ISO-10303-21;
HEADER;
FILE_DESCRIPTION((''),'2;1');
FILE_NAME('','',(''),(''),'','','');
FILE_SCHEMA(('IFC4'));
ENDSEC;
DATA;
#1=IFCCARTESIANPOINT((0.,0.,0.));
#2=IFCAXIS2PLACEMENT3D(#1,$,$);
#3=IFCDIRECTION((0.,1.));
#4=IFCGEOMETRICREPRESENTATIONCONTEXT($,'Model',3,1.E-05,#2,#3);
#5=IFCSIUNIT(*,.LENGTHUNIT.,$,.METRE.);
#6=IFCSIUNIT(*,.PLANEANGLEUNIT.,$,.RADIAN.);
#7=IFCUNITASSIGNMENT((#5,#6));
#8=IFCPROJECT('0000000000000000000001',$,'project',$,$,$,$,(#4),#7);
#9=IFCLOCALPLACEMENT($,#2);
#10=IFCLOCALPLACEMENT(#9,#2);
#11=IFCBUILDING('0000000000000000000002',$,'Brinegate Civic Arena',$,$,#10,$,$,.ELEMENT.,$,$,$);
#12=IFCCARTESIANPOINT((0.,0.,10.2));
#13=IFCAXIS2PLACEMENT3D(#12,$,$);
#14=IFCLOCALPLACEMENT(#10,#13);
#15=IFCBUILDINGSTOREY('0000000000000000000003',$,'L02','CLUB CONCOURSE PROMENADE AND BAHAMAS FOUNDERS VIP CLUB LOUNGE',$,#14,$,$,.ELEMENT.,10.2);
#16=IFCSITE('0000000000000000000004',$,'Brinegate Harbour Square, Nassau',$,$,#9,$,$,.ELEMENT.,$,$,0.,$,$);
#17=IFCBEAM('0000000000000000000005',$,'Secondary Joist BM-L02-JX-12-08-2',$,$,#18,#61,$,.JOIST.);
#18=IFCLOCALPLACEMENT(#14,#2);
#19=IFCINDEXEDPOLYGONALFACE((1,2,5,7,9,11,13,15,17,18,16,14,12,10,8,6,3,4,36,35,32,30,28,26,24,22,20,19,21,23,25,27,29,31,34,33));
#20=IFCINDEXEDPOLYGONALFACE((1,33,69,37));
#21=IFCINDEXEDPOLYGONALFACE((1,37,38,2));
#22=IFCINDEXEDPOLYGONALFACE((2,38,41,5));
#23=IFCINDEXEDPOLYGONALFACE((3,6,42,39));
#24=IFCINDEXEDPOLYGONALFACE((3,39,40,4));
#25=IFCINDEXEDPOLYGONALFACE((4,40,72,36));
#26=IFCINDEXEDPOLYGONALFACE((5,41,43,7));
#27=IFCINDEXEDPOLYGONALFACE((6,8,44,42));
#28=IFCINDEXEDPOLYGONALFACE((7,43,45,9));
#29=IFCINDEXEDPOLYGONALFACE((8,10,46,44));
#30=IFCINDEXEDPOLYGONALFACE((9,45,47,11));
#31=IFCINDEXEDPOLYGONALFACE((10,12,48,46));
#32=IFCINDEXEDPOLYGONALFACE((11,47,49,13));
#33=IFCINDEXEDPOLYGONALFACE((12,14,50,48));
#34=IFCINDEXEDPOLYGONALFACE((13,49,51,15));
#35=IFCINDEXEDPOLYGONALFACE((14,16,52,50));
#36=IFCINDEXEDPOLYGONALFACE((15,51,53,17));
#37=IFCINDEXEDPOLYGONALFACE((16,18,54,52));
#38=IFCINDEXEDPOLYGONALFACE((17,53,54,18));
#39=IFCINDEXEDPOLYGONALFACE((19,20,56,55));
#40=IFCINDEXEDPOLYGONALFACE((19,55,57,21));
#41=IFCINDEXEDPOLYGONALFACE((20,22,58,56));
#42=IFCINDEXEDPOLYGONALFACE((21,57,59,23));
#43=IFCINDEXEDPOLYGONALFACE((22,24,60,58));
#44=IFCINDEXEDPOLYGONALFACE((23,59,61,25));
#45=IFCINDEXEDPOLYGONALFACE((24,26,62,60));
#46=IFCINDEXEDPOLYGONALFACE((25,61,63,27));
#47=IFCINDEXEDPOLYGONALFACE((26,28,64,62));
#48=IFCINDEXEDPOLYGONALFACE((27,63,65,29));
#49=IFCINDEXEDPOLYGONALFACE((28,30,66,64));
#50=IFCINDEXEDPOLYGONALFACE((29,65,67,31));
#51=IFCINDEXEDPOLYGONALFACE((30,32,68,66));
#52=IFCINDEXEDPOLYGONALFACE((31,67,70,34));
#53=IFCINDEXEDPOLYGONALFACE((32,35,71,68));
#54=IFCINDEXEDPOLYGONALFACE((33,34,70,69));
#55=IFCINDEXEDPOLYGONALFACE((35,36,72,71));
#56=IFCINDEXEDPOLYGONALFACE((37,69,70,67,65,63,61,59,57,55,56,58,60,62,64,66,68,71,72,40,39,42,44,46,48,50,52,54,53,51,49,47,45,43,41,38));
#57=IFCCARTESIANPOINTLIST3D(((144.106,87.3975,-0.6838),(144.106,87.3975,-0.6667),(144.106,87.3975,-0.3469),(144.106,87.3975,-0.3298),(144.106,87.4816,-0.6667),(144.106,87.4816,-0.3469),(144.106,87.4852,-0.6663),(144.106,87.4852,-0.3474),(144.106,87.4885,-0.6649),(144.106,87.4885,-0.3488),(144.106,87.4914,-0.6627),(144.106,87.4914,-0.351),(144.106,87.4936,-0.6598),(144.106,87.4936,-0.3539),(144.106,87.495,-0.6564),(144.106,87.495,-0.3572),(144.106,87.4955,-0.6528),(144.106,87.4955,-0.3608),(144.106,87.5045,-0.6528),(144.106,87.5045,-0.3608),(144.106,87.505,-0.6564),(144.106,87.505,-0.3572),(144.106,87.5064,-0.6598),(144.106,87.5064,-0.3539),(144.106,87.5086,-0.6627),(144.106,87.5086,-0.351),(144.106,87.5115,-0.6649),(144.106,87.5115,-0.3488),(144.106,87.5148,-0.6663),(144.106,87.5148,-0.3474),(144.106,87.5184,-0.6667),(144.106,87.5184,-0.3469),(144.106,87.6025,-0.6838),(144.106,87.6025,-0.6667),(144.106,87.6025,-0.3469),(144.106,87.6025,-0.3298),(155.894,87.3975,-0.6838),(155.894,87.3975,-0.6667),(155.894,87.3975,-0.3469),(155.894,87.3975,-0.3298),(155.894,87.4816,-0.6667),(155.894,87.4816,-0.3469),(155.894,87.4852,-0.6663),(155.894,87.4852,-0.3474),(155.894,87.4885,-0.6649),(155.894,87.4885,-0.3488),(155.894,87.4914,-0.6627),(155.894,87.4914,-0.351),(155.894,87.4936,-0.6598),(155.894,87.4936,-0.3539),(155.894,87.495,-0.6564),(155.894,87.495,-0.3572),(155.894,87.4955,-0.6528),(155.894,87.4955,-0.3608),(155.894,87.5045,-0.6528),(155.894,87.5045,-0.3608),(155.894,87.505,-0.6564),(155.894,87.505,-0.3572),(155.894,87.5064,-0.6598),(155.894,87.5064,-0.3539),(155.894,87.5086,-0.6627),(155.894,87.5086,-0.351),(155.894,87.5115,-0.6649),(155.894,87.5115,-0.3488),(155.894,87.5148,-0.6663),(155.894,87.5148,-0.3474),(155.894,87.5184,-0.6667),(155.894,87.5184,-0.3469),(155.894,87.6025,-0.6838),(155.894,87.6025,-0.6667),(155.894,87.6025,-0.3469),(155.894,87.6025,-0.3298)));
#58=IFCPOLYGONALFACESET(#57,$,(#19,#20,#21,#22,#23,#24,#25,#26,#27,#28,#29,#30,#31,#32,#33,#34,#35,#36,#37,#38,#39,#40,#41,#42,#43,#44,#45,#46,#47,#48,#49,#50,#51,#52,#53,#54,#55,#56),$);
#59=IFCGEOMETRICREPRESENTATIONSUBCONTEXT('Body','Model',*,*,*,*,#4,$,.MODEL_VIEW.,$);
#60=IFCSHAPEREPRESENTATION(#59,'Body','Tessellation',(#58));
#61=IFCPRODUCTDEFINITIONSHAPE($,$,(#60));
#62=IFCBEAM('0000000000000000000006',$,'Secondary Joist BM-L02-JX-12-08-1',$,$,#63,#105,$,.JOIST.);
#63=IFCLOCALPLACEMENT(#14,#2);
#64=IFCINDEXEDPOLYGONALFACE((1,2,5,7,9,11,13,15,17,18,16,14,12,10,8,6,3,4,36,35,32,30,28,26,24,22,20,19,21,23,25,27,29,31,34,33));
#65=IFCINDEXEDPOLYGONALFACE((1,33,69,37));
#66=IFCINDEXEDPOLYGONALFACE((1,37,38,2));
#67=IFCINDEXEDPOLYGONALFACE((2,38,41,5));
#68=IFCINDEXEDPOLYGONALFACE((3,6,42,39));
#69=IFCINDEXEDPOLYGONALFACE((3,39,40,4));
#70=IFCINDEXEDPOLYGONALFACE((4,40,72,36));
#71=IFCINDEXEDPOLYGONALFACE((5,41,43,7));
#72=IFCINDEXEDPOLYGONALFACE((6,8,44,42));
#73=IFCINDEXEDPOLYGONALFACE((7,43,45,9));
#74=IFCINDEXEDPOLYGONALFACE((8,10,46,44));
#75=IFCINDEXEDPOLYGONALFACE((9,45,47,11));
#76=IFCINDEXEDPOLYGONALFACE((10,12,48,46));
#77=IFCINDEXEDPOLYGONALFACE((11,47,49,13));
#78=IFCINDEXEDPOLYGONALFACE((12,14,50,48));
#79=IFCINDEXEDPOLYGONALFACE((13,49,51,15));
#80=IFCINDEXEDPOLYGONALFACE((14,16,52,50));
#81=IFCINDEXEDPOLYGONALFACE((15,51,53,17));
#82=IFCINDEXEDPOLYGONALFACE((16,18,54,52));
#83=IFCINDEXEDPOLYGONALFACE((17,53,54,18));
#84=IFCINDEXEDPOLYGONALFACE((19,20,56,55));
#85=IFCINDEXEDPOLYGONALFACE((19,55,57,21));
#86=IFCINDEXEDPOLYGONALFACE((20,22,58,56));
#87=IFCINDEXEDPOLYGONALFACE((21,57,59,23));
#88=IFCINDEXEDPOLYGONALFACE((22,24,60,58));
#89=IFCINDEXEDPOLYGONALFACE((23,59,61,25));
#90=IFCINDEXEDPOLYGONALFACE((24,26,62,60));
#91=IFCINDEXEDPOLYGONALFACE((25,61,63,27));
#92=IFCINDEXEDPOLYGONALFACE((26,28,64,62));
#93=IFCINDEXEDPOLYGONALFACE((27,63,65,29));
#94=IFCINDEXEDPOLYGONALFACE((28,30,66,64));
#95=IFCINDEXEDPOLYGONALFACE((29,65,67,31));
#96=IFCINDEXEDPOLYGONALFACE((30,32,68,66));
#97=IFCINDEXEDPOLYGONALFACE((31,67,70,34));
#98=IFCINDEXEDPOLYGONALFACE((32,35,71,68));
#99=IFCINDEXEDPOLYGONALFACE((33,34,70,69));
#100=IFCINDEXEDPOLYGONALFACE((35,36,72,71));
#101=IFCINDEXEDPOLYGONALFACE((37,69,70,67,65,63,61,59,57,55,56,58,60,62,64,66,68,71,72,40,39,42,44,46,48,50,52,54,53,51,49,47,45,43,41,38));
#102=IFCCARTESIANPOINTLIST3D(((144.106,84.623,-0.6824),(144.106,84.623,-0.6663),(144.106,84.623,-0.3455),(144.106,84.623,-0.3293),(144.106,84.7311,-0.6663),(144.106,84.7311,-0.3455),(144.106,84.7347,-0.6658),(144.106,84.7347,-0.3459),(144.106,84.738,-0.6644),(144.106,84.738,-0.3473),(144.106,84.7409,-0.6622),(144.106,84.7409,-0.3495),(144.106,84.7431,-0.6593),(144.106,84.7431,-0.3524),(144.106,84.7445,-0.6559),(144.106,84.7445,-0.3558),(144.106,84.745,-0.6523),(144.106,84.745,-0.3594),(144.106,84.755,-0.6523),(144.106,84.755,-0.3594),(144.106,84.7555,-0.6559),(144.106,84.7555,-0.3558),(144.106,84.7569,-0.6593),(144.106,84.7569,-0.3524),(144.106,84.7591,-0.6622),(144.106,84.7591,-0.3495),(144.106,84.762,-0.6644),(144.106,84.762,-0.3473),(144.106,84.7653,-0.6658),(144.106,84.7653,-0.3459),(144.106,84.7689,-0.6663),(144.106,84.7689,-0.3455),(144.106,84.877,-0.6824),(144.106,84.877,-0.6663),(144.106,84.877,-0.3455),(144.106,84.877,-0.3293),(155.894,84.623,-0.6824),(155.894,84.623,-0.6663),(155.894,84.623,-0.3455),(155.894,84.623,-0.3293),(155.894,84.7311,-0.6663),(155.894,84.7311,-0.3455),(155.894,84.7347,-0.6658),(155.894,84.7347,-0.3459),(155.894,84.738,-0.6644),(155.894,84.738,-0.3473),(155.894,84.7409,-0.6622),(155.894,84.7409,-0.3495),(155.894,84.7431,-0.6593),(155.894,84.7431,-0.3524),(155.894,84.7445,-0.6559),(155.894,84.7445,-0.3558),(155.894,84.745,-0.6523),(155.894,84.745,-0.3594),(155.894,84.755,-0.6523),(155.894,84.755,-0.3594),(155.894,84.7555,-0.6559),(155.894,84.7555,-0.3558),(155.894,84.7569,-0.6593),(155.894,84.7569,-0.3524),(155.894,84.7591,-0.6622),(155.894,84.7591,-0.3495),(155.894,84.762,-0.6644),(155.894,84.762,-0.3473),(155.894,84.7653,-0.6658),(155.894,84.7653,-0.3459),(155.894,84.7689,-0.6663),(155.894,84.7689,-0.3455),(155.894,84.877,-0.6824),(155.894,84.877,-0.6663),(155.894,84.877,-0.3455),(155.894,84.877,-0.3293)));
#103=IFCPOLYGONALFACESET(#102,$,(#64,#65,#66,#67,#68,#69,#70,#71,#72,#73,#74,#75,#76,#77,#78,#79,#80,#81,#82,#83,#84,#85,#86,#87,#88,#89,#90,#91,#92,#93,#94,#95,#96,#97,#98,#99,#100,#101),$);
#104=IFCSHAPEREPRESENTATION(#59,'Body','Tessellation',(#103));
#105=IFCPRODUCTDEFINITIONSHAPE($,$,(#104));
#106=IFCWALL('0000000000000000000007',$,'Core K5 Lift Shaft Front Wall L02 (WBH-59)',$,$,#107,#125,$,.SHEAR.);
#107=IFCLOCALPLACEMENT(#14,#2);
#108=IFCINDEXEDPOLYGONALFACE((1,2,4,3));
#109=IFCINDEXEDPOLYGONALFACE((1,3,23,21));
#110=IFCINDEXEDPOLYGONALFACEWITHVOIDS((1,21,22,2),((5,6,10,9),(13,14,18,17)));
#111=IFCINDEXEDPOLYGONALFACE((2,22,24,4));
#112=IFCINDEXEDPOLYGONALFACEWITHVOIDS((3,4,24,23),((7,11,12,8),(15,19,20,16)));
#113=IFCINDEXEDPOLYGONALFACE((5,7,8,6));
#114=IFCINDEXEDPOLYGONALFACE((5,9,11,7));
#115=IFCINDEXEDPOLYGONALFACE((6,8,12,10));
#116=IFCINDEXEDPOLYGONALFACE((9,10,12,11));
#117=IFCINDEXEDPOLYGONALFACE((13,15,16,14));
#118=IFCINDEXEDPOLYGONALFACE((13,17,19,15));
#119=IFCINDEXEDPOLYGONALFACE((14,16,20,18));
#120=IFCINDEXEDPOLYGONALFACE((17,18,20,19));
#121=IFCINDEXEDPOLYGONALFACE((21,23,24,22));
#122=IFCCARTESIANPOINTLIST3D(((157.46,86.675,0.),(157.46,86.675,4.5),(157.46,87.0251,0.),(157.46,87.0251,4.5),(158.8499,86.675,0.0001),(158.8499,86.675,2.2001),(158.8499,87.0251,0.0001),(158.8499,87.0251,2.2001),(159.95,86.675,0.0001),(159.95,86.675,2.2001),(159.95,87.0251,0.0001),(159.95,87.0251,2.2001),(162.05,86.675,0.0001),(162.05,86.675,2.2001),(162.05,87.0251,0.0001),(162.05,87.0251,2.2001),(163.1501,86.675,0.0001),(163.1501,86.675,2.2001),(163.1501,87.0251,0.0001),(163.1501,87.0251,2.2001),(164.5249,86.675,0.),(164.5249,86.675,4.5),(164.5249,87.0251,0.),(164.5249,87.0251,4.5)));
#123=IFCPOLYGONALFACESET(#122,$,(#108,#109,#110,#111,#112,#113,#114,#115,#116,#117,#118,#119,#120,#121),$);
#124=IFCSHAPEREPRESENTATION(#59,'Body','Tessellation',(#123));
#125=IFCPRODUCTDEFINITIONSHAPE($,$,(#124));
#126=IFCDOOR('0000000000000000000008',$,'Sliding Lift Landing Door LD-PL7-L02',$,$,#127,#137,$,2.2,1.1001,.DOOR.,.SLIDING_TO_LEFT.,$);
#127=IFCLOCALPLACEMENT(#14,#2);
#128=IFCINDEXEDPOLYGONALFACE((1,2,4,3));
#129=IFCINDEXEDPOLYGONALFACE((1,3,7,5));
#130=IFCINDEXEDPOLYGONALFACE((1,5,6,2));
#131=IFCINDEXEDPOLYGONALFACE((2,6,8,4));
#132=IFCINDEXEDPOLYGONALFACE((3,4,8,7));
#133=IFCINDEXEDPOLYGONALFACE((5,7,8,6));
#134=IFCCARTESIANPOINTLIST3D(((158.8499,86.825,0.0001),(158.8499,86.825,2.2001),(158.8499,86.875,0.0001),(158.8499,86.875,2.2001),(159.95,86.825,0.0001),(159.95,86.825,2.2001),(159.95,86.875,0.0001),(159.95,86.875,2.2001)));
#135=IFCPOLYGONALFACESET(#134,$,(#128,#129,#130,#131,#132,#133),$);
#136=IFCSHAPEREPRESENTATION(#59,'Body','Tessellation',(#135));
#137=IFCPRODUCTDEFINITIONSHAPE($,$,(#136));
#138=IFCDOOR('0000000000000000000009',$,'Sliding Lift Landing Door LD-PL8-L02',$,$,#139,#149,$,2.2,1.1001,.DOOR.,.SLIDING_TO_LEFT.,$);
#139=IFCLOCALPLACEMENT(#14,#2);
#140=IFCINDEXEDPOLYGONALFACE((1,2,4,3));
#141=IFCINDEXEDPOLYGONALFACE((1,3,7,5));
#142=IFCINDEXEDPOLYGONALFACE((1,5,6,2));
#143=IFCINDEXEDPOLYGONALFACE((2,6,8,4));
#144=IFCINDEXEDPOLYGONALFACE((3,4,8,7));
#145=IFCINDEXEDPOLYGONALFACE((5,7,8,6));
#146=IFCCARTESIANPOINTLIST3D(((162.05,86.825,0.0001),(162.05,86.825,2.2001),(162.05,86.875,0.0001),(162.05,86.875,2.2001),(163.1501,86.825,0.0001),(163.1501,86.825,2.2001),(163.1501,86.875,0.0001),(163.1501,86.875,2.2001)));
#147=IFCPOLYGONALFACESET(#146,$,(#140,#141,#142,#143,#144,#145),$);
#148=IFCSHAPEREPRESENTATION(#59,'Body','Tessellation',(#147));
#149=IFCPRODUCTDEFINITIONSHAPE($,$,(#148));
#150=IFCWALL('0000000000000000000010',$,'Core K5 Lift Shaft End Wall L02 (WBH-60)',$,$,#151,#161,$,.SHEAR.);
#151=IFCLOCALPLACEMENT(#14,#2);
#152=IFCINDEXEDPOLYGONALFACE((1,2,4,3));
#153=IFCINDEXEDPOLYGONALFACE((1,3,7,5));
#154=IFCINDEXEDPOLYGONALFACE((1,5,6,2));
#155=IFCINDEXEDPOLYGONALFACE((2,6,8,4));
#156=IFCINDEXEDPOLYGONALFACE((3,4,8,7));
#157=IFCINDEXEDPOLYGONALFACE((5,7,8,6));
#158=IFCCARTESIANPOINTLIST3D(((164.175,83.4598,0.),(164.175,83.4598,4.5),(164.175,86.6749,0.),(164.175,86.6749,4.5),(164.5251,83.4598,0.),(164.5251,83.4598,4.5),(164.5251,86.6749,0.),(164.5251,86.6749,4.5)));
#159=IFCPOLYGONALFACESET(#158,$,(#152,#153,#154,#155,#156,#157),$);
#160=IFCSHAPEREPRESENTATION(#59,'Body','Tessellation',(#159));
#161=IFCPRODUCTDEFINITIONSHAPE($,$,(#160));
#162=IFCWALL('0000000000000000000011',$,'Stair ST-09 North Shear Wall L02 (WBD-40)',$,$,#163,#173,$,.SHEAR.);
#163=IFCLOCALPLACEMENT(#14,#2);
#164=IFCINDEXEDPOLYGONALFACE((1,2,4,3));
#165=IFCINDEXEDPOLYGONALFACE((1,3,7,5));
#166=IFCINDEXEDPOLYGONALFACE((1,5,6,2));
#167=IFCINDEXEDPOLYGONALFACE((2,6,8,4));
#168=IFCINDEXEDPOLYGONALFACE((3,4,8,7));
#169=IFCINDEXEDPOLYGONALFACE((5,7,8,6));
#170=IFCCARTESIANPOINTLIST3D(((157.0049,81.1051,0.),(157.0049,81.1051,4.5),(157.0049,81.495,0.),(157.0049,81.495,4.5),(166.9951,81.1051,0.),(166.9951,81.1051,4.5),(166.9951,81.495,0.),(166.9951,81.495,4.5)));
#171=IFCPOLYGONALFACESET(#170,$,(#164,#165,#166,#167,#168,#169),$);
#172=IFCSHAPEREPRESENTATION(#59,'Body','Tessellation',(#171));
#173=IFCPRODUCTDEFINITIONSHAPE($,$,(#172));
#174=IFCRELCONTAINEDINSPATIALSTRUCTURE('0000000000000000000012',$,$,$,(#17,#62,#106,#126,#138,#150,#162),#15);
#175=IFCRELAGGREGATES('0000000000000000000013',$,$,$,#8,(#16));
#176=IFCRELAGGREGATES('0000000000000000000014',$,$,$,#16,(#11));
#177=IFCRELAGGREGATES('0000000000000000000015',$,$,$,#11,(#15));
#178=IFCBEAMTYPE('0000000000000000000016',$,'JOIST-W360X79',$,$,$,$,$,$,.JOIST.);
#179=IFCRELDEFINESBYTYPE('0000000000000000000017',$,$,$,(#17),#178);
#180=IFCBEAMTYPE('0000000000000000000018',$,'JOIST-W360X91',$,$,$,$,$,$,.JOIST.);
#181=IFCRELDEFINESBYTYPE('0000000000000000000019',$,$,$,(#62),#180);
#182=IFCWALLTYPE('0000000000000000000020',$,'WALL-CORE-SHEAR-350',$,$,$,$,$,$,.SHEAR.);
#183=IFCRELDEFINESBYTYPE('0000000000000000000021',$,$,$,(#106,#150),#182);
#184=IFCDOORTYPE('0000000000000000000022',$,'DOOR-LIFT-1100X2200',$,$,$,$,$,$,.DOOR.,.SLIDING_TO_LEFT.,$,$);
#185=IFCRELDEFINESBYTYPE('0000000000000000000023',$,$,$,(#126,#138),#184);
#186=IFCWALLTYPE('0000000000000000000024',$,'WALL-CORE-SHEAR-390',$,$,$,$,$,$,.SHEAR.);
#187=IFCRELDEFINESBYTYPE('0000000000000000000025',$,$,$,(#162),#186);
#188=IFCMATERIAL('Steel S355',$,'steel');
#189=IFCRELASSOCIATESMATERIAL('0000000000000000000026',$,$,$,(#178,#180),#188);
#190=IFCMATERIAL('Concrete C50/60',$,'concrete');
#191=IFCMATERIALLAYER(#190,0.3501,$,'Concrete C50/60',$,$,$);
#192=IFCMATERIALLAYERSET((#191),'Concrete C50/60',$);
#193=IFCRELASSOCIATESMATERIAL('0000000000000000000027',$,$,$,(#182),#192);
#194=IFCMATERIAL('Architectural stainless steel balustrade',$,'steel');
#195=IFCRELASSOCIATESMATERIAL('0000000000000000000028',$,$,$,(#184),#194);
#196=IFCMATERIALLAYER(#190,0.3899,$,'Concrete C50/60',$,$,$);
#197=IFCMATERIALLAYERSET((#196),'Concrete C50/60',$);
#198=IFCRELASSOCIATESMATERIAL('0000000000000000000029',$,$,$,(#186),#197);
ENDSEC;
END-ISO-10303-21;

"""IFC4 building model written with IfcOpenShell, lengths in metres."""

from ifc_helpers import new_model, si_unit, direction, frame, frame_2d, origin, origin_2d, place, context, subcontext, project, spatial, rectangle, i_section, extrude, material, layer, layer_set, material_profile, profile_set, type_object, element, fill, save


model = new_model("IFC4")

# Units and contexts
model_context = context("Model", 3, precision=1e-05, world=origin(), true_north=direction((0.0, 1.0)))
body_context = subcontext(model_context, "Body", "Model", "MODEL_VIEW")
ifc_project = project(units=[si_unit("LENGTHUNIT", "METRE"), si_unit("PLANEANGLEUNIT", "RADIAN")], contexts=[model_context])

# Site, building, storey
site_placement = place(None, origin())
site = spatial("IfcSite", under=ifc_project, at=site_placement, Name="Brinegate Harbour Square, Nassau", CompositionType="ELEMENT", RefElevation=0.0)
building_placement = place(site_placement, origin())
building = spatial("IfcBuilding", under=site, at=building_placement, Name="Brinegate Civic Arena", CompositionType="ELEMENT")
storey_placement = place(building_placement, frame((0.0, 0.0, 10.2)))
storey = spatial("IfcBuildingStorey", under=building, at=storey_placement, Name="L02", Description="CLUB CONCOURSE PROMENADE AND BAHAMAS FOUNDERS VIP CLUB LOUNGE", CompositionType="ELEMENT", Elevation=10.2)

# Shared definitions
ifc_material_1 = material(Name="Concrete C50/60", Category="concrete")

# Beams
ifc_material_2 = material(Name="Steel S355", Category="steel")
ifc_material_profile_1 = material_profile(ifc_material_2, i_section(OverallWidth=0.2051, OverallDepth=0.354, WebThickness=0.009, FlangeThickness=0.0171, FilletRadius=0.0139, at=origin_2d()), Name="W360X79")
ifc_profile_set_1 = profile_set([ifc_material_profile_1], Name="Steel S355")
beam_type_1 = type_object("IfcBeamType", Name="JOIST-W360X79", PredefinedType="JOIST", material=ifc_profile_set_1)
beam_1_placement = place(storey_placement, frame((144.106, 87.5, -0.5068), z_axis=(1.0, 0.0, 0.0), x_axis=(0.0, 1.0, 0.0)))
element("IfcBeam", 1, at=beam_1_placement, inside=storey, type_object=beam_type_1, Name="Secondary Joist BM-L02-JX-12-08-2", PredefinedType="JOIST", context=body_context, shape_type="SweptSolid", body=[
    extrude(i_section(OverallWidth=0.2051, OverallDepth=0.354, WebThickness=0.009, FlangeThickness=0.0171, FilletRadius=0.0139, at=origin_2d()), origin(), (0.0, 0.0, 1.0), 11.7881),
])
ifc_material_profile_2 = material_profile(ifc_material_2, i_section(OverallWidth=0.2539, OverallDepth=0.353, WebThickness=0.01, FlangeThickness=0.0161, FilletRadius=0.0139, at=origin_2d()), Name="W360X91")
ifc_profile_set_2 = profile_set([ifc_material_profile_2], Name="Steel S355")
beam_type_2 = type_object("IfcBeamType", Name="JOIST-W360X91", PredefinedType="JOIST", material=ifc_profile_set_2)
beam_2_placement = place(storey_placement, frame((144.106, 84.75, -0.5059), z_axis=(1.0, 0.0, 0.0), x_axis=(0.0, 1.0, 0.0)))
element("IfcBeam", 2, at=beam_2_placement, inside=storey, type_object=beam_type_2, Name="Secondary Joist BM-L02-JX-12-08-1", PredefinedType="JOIST", context=body_context, shape_type="SweptSolid", body=[
    extrude(i_section(OverallWidth=0.2539, OverallDepth=0.353, WebThickness=0.01, FlangeThickness=0.0161, FilletRadius=0.0139, at=origin_2d()), origin(), (0.0, 0.0, 1.0), 11.7881),
])

# Wall, openings, doors
ifc_layer_1 = layer(ifc_material_1, 0.3501, Name="Concrete C50/60")
ifc_layer_set_1 = layer_set([ifc_layer_1], Name="Concrete C50/60")
wall_type_1 = type_object("IfcWallType", Name="WALL-CORE-SHEAR-350", PredefinedType="SHEAR", material=ifc_layer_set_1)
wall_1_placement = place(storey_placement, frame((157.46, 86.8501, 0.0), z_axis=(0.0, 0.0, 1.0), x_axis=(1.0, 0.0, 0.0)))
wall_1 = element("IfcWall", 3, at=wall_1_placement, inside=storey, type_object=wall_type_1, Name="Core K5 Lift Shaft Front Wall L02 (WBH-59)", PredefinedType="SHEAR", context=body_context, shape_type="SweptSolid", body=[
    extrude(rectangle(XDim=7.0649, YDim=0.3501, at=frame_2d((3.5325, 0.0))), origin(), (0.0, 0.0, 1.0), 4.5),
])
opening_1_placement = place(wall_1_placement, frame((1.3899, 0.0, 0.0)))
opening_1 = element("IfcOpeningElement", 4, at=opening_1_placement, cuts=wall_1, PredefinedType="OPENING", context=body_context, shape_type="SweptSolid", body=[
    extrude(rectangle(XDim=1.1001, YDim=2.2, at=frame_2d((0.55, 1.1001))), frame((0.0, 0.1851, 0.0), z_axis=(0.0, -1.0, 0.0), x_axis=(1.0, 0.0, 0.0)), (0.0, 0.0, 1.0), 0.3701),
])
opening_2_placement = place(wall_1_placement, frame((4.5901, 0.0, 0.0)))
opening_2 = element("IfcOpeningElement", 5, at=opening_2_placement, cuts=wall_1, PredefinedType="OPENING", context=body_context, shape_type="SweptSolid", body=[
    extrude(rectangle(XDim=1.1001, YDim=2.2, at=frame_2d((0.55, 1.1001))), frame((0.0, 0.1851, 0.0), z_axis=(0.0, -1.0, 0.0), x_axis=(1.0, 0.0, 0.0)), (0.0, 0.0, 1.0), 0.3701),
])
ifc_material_3 = material(Name="Architectural stainless steel balustrade", Category="steel")
door_type = type_object("IfcDoorType", Name="DOOR-LIFT-1100X2200", OperationType="SLIDING_TO_LEFT", PredefinedType="DOOR", material=ifc_material_3)
door_1_placement = place(opening_1_placement, origin())
door_1 = element("IfcDoor", 6, at=door_1_placement, inside=storey, type_object=door_type, Name="Sliding Lift Landing Door LD-PL7-L02", OperationType="SLIDING_TO_LEFT", OverallHeight=2.2, OverallWidth=1.1001, PredefinedType="DOOR", context=body_context, shape_type="SweptSolid", body=[
    extrude(rectangle(XDim=1.1001, YDim=2.2, at=frame_2d((0.55, 1.1001))), frame((0.0, 0.0249, 0.0), z_axis=(0.0, -1.0, 0.0), x_axis=(1.0, 0.0, 0.0)), (0.0, 0.0, 1.0), 0.05),
])
fill(opening_1, door_1)
door_2_placement = place(opening_2_placement, origin())
door_2 = element("IfcDoor", 7, at=door_2_placement, inside=storey, type_object=door_type, Name="Sliding Lift Landing Door LD-PL8-L02", OperationType="SLIDING_TO_LEFT", OverallHeight=2.2, OverallWidth=1.1001, PredefinedType="DOOR", context=body_context, shape_type="SweptSolid", body=[
    extrude(rectangle(XDim=1.1001, YDim=2.2, at=frame_2d((0.55, 1.1001))), frame((0.0, 0.0249, 0.0), z_axis=(0.0, -1.0, 0.0), x_axis=(1.0, 0.0, 0.0)), (0.0, 0.0, 1.0), 0.05),
])
fill(opening_2, door_2)

# Walls
wall_2_placement = place(storey_placement, frame((164.3501, 83.46, 0.0), z_axis=(0.0, 0.0, 1.0), x_axis=(0.0, 1.0, 0.0)))
element("IfcWall", 8, at=wall_2_placement, inside=storey, type_object=wall_type_1, Name="Core K5 Lift Shaft End Wall L02 (WBH-60)", PredefinedType="SHEAR", context=body_context, shape_type="SweptSolid", body=[
    extrude(rectangle(XDim=3.2151, YDim=0.3501, at=frame_2d((1.6074, 0.0))), origin(), (0.0, 0.0, 1.0), 4.5),
])
ifc_layer_2 = layer(ifc_material_1, 0.3899, Name="Concrete C50/60")
ifc_layer_set_2 = layer_set([ifc_layer_2], Name="Concrete C50/60")
wall_type_2 = type_object("IfcWallType", Name="WALL-CORE-SHEAR-390", PredefinedType="SHEAR", material=ifc_layer_set_2)
wall_3_placement = place(storey_placement, frame((157.0049, 81.3, 0.0), z_axis=(0.0, 0.0, 1.0), x_axis=(1.0, 0.0, 0.0)))
element("IfcWall", 9, at=wall_3_placement, inside=storey, type_object=wall_type_2, Name="Stair ST-09 North Shear Wall L02 (WBD-40)", PredefinedType="SHEAR", context=body_context, shape_type="SweptSolid", body=[
    extrude(rectangle(XDim=9.9902, YDim=0.3899, at=frame_2d((4.9951, 0.0))), origin(), (0.0, 0.0, 1.0), 4.5),
])

save(model, "model.ifc")
